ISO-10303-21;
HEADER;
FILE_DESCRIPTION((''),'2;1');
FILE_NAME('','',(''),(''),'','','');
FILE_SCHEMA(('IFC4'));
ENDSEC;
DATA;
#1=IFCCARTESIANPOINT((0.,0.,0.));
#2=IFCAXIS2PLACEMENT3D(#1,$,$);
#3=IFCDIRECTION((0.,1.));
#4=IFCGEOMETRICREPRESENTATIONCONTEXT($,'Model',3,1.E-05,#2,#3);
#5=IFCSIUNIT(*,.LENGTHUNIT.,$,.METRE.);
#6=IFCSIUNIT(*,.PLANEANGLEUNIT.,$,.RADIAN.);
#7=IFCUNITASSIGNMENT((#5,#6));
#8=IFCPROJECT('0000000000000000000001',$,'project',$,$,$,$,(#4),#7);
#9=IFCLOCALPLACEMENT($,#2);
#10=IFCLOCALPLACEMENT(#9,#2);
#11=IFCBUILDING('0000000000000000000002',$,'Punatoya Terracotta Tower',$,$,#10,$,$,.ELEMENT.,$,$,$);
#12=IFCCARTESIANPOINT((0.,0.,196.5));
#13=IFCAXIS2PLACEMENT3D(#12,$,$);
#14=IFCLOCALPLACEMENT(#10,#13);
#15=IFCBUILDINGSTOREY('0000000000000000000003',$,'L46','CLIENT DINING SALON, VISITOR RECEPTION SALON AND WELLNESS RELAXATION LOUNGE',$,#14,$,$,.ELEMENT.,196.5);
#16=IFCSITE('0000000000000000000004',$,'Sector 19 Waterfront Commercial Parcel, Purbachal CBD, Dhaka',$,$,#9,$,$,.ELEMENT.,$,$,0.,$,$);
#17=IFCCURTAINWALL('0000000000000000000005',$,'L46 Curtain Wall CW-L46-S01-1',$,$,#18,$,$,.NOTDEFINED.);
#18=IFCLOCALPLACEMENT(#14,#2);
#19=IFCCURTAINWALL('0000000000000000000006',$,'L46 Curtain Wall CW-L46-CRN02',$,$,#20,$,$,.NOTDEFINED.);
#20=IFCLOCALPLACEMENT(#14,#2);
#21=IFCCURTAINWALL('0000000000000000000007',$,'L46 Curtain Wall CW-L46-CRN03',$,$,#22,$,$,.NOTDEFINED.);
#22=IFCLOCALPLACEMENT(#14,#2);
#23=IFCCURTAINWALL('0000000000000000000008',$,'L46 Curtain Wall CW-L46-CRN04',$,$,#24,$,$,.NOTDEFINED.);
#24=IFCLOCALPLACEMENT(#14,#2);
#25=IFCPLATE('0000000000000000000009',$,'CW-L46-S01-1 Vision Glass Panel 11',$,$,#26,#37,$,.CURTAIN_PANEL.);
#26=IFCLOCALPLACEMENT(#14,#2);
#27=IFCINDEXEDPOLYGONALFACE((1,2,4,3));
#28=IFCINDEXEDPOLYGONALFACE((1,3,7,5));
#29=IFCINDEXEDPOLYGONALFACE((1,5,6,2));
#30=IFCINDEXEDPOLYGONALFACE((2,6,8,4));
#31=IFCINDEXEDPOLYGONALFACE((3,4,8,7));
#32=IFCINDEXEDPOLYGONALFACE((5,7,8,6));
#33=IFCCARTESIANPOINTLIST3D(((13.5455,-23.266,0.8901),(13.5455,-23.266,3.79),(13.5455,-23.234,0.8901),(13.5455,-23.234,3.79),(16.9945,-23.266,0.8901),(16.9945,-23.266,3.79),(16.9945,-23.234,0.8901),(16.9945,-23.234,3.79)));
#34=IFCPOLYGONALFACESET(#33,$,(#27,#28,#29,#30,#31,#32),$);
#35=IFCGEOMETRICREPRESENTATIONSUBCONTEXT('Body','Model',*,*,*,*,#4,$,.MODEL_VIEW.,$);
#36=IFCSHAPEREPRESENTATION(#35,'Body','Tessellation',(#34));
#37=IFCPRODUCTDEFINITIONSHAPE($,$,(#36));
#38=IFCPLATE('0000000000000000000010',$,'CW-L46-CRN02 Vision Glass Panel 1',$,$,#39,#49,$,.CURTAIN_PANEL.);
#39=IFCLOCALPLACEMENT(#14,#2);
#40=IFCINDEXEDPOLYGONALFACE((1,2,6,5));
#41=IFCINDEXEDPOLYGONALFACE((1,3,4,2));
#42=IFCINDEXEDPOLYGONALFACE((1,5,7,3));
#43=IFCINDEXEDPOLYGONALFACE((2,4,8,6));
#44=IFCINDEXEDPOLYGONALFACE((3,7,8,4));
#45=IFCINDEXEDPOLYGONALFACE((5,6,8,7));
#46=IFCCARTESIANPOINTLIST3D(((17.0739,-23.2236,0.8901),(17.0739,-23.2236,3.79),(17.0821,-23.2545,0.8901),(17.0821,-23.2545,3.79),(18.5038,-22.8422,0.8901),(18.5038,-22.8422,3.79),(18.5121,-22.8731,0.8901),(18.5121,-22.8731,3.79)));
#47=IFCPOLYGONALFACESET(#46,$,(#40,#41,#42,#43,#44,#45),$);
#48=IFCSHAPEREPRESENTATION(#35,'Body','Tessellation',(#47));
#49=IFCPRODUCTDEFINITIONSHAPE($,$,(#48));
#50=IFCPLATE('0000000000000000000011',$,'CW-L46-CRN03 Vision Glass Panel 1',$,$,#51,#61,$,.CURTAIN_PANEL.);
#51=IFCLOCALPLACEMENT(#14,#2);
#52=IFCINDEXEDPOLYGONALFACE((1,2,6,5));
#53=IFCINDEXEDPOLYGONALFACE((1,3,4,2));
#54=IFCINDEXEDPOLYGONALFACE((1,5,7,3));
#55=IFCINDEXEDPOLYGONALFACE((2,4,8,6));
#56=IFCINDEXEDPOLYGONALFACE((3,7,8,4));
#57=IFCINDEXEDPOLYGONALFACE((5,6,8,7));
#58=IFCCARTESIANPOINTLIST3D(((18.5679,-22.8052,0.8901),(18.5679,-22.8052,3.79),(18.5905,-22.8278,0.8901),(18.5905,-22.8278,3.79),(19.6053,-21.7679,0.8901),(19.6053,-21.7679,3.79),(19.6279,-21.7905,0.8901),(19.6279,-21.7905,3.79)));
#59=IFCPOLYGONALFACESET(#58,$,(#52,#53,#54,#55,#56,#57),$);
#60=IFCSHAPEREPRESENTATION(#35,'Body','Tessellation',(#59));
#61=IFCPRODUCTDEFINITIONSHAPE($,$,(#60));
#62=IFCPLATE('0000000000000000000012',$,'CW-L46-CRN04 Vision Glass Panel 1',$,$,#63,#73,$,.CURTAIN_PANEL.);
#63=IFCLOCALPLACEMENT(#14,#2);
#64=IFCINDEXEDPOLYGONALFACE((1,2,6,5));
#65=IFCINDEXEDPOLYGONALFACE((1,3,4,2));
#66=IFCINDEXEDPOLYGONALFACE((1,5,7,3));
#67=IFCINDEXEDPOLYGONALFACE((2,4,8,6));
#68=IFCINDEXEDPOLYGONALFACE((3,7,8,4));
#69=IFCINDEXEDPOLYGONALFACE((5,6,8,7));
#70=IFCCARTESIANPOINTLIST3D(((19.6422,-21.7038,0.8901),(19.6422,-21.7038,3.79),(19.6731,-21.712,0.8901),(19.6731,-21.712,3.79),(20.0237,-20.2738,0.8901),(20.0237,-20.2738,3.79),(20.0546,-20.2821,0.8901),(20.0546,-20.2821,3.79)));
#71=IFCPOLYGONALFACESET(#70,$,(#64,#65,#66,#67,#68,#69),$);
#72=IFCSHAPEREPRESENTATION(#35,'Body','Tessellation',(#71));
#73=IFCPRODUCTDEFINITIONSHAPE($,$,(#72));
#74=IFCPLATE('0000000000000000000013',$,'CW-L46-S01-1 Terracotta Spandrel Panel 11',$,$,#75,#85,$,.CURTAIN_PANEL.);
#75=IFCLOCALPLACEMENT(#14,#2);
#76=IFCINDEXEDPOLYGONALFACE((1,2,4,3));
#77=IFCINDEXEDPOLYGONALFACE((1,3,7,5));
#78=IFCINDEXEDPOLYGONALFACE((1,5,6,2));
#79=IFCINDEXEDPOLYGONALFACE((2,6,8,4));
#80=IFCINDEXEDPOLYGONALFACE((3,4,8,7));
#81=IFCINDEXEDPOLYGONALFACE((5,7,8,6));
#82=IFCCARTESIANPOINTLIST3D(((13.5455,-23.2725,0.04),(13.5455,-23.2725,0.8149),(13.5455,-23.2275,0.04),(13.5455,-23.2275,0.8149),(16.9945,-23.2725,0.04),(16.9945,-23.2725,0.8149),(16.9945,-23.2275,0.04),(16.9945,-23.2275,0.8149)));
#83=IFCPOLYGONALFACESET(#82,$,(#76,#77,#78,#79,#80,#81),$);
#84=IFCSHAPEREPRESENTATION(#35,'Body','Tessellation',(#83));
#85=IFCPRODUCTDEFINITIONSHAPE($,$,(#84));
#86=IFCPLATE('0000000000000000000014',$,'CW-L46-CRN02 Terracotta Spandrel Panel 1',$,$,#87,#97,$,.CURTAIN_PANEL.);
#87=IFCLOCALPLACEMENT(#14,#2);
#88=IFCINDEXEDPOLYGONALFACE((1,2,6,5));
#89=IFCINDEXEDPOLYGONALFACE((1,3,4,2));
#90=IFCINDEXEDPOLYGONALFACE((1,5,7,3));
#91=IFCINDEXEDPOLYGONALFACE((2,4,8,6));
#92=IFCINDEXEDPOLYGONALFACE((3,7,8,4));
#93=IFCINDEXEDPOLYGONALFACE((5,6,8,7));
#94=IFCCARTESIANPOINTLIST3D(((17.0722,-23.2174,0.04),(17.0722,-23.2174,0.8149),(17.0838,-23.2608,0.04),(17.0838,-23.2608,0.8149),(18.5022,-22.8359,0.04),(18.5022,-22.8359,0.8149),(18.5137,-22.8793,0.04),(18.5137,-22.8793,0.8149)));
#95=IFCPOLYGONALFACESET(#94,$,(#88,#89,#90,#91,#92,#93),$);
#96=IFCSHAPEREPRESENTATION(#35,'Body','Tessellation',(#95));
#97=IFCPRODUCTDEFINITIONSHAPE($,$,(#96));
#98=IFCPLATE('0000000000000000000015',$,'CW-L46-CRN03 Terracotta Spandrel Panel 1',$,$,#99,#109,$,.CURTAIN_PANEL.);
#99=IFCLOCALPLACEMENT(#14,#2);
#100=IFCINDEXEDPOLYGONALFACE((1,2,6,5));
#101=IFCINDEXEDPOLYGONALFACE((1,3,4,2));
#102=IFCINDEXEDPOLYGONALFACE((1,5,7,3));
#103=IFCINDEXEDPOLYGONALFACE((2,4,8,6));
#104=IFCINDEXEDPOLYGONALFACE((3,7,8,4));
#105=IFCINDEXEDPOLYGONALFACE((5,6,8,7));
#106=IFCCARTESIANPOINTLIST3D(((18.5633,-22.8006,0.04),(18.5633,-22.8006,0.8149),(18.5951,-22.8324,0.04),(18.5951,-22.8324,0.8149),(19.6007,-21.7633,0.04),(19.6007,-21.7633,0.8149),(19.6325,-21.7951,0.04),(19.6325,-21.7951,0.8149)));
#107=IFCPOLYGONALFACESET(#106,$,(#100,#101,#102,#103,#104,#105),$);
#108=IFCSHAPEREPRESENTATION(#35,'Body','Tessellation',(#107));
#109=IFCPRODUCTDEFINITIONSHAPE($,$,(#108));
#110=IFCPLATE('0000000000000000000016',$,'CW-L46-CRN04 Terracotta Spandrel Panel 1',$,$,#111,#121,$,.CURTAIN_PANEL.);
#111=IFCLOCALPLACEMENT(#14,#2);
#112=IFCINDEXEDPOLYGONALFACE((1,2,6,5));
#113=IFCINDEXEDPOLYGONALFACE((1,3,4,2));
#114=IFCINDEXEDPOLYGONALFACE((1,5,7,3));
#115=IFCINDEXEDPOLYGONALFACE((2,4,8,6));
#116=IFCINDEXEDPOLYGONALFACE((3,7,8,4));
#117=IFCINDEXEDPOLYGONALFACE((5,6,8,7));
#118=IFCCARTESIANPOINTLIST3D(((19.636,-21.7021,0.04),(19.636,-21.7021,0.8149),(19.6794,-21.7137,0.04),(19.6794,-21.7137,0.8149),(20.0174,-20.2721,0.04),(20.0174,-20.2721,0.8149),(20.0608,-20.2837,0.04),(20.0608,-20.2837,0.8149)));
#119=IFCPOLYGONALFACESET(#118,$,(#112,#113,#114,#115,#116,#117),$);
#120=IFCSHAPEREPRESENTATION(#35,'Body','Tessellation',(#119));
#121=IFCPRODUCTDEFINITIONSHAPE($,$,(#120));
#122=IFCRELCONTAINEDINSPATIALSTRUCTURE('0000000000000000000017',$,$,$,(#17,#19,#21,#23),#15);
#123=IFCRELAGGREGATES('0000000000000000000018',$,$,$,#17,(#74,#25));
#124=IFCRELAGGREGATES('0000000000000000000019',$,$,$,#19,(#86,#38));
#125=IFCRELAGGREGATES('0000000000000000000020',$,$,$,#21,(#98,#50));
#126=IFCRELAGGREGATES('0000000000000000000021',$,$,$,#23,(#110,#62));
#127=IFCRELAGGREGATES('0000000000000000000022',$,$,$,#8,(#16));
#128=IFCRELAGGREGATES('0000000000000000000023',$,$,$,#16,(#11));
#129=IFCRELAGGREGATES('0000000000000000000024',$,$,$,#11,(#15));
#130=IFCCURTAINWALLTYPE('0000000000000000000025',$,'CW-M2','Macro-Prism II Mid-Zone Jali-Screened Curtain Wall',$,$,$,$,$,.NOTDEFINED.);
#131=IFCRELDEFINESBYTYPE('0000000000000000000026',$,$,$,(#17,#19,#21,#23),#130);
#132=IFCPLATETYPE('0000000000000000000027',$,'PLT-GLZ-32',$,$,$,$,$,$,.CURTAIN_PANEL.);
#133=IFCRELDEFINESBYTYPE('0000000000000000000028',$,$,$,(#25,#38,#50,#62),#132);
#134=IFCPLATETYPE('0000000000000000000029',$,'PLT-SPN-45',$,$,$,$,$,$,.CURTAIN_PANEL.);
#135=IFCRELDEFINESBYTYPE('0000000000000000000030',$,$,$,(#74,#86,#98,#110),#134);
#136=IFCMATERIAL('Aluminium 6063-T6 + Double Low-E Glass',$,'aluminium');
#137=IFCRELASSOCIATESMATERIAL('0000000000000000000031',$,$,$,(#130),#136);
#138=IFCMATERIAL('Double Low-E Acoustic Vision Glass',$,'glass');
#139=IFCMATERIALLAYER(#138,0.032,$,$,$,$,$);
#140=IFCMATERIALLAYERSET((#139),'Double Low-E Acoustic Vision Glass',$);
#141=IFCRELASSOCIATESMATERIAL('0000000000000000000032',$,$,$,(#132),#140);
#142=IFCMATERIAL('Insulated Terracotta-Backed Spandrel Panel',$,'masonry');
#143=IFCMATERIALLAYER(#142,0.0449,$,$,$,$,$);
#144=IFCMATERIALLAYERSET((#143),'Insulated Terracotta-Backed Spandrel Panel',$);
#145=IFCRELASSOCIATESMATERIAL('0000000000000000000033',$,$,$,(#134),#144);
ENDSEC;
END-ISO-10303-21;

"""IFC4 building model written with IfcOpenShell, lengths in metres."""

from ifc_helpers import new_model, si_unit, direction, frame, origin, origin_2d, place, context, subcontext, project, spatial, rectangle, extrude, material, layer, layer_set, type_object, element, aggregate, save


model = new_model("IFC4")

# Units and contexts
model_context = context("Model", 3, precision=1e-05, world=origin(), true_north=direction((0.0, 1.0)))
body_context = subcontext(model_context, "Body", "Model", "MODEL_VIEW")
ifc_project = project(units=[si_unit("LENGTHUNIT", "METRE"), si_unit("PLANEANGLEUNIT", "RADIAN")], contexts=[model_context])

# Site, building, storey
site_placement = place(None, origin())
site = spatial("IfcSite", under=ifc_project, at=site_placement, Name="Sector 19 Waterfront Commercial Parcel, Purbachal CBD, Dhaka", CompositionType="ELEMENT", RefElevation=0.0)
building_placement = place(site_placement, origin())
building = spatial("IfcBuilding", under=site, at=building_placement, Name="Punatoya Terracotta Tower", CompositionType="ELEMENT")
storey_placement = place(building_placement, frame((0.0, 0.0, 196.5)))
storey = spatial("IfcBuildingStorey", under=building, at=storey_placement, Name="L46", Description="CLIENT DINING SALON, VISITOR RECEPTION SALON AND WELLNESS RELAXATION LOUNGE", CompositionType="ELEMENT", Elevation=196.5)

# Curtain walls
ifc_material_1 = material(Name="Aluminium 6063-T6 + Double Low-E Glass", Category="aluminium")
curtain_wall_type = type_object("IfcCurtainWallType", Name="CW-M2", Description="Macro-Prism II Mid-Zone Jali-Screened Curtain Wall", PredefinedType="NOTDEFINED", material=ifc_material_1)
curtain_wall_1_placement = place(storey_placement, origin())
curtain_wall_1 = element("IfcCurtainWall", 1, at=curtain_wall_1_placement, inside=storey, type_object=curtain_wall_type, Name="L46 Curtain Wall CW-L46-S01-1", PredefinedType="NOTDEFINED")
curtain_wall_2_placement = place(storey_placement, origin())
curtain_wall_2 = element("IfcCurtainWall", 2, at=curtain_wall_2_placement, inside=storey, type_object=curtain_wall_type, Name="L46 Curtain Wall CW-L46-CRN02", PredefinedType="NOTDEFINED")
curtain_wall_3_placement = place(storey_placement, origin())
curtain_wall_3 = element("IfcCurtainWall", 3, at=curtain_wall_3_placement, inside=storey, type_object=curtain_wall_type, Name="L46 Curtain Wall CW-L46-CRN03", PredefinedType="NOTDEFINED")

# Curtain wall
curtain_wall_4_placement = place(storey_placement, origin())
curtain_wall_4 = element("IfcCurtainWall", 4, at=curtain_wall_4_placement, inside=storey, type_object=curtain_wall_type, Name="L46 Curtain Wall CW-L46-CRN04", PredefinedType="NOTDEFINED")

# Plates
ifc_material_2 = material(Name="Double Low-E Acoustic Vision Glass", Category="glass")
ifc_layer_1 = layer(ifc_material_2, 0.032)
ifc_layer_set_1 = layer_set([ifc_layer_1], Name="Double Low-E Acoustic Vision Glass")
plate_type_1 = type_object("IfcPlateType", Name="PLT-GLZ-32", PredefinedType="CURTAIN_PANEL", material=ifc_layer_set_1)
plate_1_placement = place(storey_placement, frame((15.27, -23.25, 0.8901), z_axis=(0.0, 0.0, 1.0), x_axis=(1.0, 0.0, 0.0)))
plate_1 = element("IfcPlate", 5, at=plate_1_placement, type_object=plate_type_1, Name="CW-L46-S01-1 Vision Glass Panel 11", PredefinedType="CURTAIN_PANEL", context=body_context, shape_type="SweptSolid", body=[
    extrude(rectangle(XDim=3.449, YDim=0.032, at=origin_2d()), origin(), (0.0, 0.0, 1.0), 2.8999),
])
plate_2_placement = place(storey_placement, frame((17.793, -23.0483, 0.8901), z_axis=(0.0, 0.0, 1.0), x_axis=(0.966214, 0.257742, 0.0)))
plate_2 = element("IfcPlate", 6, at=plate_2_placement, type_object=plate_type_1, Name="CW-L46-CRN02 Vision Glass Panel 1", PredefinedType="CURTAIN_PANEL", context=body_context, shape_type="SweptSolid", body=[
    extrude(rectangle(XDim=1.48, YDim=0.032, at=origin_2d()), origin(), (0.0, 0.0, 1.0), 2.8999),
])
plate_3_placement = place(storey_placement, frame((19.0979, -22.2979, 0.8901), z_axis=(0.0, 0.0, 1.0), x_axis=(0.707107, 0.707107, 0.0)))
plate_3 = element("IfcPlate", 7, at=plate_3_placement, type_object=plate_type_1, Name="CW-L46-CRN03 Vision Glass Panel 1", PredefinedType="CURTAIN_PANEL", context=body_context, shape_type="SweptSolid", body=[
    extrude(rectangle(XDim=1.467, YDim=0.032, at=origin_2d()), origin(), (0.0, 0.0, 1.0), 2.8999),
])
plate_4_placement = place(storey_placement, frame((19.8484, -20.9929, 0.8901), z_axis=(0.0, 0.0, 1.0), x_axis=(0.257742, 0.966214, 0.0)))
plate_4 = element("IfcPlate", 8, at=plate_4_placement, type_object=plate_type_1, Name="CW-L46-CRN04 Vision Glass Panel 1", PredefinedType="CURTAIN_PANEL", context=body_context, shape_type="SweptSolid", body=[
    extrude(rectangle(XDim=1.48, YDim=0.032, at=origin_2d()), origin(), (0.0, 0.0, 1.0), 2.8999),
])
ifc_material_3 = material(Name="Insulated Terracotta-Backed Spandrel Panel", Category="masonry")
ifc_layer_2 = layer(ifc_material_3, 0.0449)
ifc_layer_set_2 = layer_set([ifc_layer_2], Name="Insulated Terracotta-Backed Spandrel Panel")
plate_type_2 = type_object("IfcPlateType", Name="PLT-SPN-45", PredefinedType="CURTAIN_PANEL", material=ifc_layer_set_2)
plate_5_placement = place(storey_placement, frame((15.27, -23.25, 0.04), z_axis=(0.0, 0.0, 1.0), x_axis=(1.0, 0.0, 0.0)))
plate_5 = element("IfcPlate", 9, at=plate_5_placement, type_object=plate_type_2, Name="CW-L46-S01-1 Terracotta Spandrel Panel 11", PredefinedType="CURTAIN_PANEL", context=body_context, shape_type="SweptSolid", body=[
    extrude(rectangle(XDim=3.449, YDim=0.0449, at=origin_2d()), origin(), (0.0, 0.0, 1.0), 0.7749),
])
aggregate(curtain_wall_1, [plate_5, plate_1])
plate_6_placement = place(storey_placement, frame((17.793, -23.0483, 0.04), z_axis=(0.0, 0.0, 1.0), x_axis=(0.966214, 0.257742, 0.0)))
plate_6 = element("IfcPlate", 10, at=plate_6_placement, type_object=plate_type_2, Name="CW-L46-CRN02 Terracotta Spandrel Panel 1", PredefinedType="CURTAIN_PANEL", context=body_context, shape_type="SweptSolid", body=[
    extrude(rectangle(XDim=1.48, YDim=0.0449, at=origin_2d()), origin(), (0.0, 0.0, 1.0), 0.7749),
])
aggregate(curtain_wall_2, [plate_6, plate_2])
plate_7_placement = place(storey_placement, frame((19.0979, -22.2979, 0.04), z_axis=(0.0, 0.0, 1.0), x_axis=(0.707107, 0.707107, 0.0)))
plate_7 = element("IfcPlate", 11, at=plate_7_placement, type_object=plate_type_2, Name="CW-L46-CRN03 Terracotta Spandrel Panel 1", PredefinedType="CURTAIN_PANEL", context=body_context, shape_type="SweptSolid", body=[
    extrude(rectangle(XDim=1.467, YDim=0.0449, at=origin_2d()), origin(), (0.0, 0.0, 1.0), 0.7749),
])
aggregate(curtain_wall_3, [plate_7, plate_3])
plate_8_placement = place(storey_placement, frame((19.8484, -20.9929, 0.04), z_axis=(0.0, 0.0, 1.0), x_axis=(0.257742, 0.966214, 0.0)))
plate_8 = element("IfcPlate", 12, at=plate_8_placement, type_object=plate_type_2, Name="CW-L46-CRN04 Terracotta Spandrel Panel 1", PredefinedType="CURTAIN_PANEL", context=body_context, shape_type="SweptSolid", body=[
    extrude(rectangle(XDim=1.48, YDim=0.0449, at=origin_2d()), origin(), (0.0, 0.0, 1.0), 0.7749),
])
aggregate(curtain_wall_4, [plate_8, plate_4])

save(model, "model.ifc")
